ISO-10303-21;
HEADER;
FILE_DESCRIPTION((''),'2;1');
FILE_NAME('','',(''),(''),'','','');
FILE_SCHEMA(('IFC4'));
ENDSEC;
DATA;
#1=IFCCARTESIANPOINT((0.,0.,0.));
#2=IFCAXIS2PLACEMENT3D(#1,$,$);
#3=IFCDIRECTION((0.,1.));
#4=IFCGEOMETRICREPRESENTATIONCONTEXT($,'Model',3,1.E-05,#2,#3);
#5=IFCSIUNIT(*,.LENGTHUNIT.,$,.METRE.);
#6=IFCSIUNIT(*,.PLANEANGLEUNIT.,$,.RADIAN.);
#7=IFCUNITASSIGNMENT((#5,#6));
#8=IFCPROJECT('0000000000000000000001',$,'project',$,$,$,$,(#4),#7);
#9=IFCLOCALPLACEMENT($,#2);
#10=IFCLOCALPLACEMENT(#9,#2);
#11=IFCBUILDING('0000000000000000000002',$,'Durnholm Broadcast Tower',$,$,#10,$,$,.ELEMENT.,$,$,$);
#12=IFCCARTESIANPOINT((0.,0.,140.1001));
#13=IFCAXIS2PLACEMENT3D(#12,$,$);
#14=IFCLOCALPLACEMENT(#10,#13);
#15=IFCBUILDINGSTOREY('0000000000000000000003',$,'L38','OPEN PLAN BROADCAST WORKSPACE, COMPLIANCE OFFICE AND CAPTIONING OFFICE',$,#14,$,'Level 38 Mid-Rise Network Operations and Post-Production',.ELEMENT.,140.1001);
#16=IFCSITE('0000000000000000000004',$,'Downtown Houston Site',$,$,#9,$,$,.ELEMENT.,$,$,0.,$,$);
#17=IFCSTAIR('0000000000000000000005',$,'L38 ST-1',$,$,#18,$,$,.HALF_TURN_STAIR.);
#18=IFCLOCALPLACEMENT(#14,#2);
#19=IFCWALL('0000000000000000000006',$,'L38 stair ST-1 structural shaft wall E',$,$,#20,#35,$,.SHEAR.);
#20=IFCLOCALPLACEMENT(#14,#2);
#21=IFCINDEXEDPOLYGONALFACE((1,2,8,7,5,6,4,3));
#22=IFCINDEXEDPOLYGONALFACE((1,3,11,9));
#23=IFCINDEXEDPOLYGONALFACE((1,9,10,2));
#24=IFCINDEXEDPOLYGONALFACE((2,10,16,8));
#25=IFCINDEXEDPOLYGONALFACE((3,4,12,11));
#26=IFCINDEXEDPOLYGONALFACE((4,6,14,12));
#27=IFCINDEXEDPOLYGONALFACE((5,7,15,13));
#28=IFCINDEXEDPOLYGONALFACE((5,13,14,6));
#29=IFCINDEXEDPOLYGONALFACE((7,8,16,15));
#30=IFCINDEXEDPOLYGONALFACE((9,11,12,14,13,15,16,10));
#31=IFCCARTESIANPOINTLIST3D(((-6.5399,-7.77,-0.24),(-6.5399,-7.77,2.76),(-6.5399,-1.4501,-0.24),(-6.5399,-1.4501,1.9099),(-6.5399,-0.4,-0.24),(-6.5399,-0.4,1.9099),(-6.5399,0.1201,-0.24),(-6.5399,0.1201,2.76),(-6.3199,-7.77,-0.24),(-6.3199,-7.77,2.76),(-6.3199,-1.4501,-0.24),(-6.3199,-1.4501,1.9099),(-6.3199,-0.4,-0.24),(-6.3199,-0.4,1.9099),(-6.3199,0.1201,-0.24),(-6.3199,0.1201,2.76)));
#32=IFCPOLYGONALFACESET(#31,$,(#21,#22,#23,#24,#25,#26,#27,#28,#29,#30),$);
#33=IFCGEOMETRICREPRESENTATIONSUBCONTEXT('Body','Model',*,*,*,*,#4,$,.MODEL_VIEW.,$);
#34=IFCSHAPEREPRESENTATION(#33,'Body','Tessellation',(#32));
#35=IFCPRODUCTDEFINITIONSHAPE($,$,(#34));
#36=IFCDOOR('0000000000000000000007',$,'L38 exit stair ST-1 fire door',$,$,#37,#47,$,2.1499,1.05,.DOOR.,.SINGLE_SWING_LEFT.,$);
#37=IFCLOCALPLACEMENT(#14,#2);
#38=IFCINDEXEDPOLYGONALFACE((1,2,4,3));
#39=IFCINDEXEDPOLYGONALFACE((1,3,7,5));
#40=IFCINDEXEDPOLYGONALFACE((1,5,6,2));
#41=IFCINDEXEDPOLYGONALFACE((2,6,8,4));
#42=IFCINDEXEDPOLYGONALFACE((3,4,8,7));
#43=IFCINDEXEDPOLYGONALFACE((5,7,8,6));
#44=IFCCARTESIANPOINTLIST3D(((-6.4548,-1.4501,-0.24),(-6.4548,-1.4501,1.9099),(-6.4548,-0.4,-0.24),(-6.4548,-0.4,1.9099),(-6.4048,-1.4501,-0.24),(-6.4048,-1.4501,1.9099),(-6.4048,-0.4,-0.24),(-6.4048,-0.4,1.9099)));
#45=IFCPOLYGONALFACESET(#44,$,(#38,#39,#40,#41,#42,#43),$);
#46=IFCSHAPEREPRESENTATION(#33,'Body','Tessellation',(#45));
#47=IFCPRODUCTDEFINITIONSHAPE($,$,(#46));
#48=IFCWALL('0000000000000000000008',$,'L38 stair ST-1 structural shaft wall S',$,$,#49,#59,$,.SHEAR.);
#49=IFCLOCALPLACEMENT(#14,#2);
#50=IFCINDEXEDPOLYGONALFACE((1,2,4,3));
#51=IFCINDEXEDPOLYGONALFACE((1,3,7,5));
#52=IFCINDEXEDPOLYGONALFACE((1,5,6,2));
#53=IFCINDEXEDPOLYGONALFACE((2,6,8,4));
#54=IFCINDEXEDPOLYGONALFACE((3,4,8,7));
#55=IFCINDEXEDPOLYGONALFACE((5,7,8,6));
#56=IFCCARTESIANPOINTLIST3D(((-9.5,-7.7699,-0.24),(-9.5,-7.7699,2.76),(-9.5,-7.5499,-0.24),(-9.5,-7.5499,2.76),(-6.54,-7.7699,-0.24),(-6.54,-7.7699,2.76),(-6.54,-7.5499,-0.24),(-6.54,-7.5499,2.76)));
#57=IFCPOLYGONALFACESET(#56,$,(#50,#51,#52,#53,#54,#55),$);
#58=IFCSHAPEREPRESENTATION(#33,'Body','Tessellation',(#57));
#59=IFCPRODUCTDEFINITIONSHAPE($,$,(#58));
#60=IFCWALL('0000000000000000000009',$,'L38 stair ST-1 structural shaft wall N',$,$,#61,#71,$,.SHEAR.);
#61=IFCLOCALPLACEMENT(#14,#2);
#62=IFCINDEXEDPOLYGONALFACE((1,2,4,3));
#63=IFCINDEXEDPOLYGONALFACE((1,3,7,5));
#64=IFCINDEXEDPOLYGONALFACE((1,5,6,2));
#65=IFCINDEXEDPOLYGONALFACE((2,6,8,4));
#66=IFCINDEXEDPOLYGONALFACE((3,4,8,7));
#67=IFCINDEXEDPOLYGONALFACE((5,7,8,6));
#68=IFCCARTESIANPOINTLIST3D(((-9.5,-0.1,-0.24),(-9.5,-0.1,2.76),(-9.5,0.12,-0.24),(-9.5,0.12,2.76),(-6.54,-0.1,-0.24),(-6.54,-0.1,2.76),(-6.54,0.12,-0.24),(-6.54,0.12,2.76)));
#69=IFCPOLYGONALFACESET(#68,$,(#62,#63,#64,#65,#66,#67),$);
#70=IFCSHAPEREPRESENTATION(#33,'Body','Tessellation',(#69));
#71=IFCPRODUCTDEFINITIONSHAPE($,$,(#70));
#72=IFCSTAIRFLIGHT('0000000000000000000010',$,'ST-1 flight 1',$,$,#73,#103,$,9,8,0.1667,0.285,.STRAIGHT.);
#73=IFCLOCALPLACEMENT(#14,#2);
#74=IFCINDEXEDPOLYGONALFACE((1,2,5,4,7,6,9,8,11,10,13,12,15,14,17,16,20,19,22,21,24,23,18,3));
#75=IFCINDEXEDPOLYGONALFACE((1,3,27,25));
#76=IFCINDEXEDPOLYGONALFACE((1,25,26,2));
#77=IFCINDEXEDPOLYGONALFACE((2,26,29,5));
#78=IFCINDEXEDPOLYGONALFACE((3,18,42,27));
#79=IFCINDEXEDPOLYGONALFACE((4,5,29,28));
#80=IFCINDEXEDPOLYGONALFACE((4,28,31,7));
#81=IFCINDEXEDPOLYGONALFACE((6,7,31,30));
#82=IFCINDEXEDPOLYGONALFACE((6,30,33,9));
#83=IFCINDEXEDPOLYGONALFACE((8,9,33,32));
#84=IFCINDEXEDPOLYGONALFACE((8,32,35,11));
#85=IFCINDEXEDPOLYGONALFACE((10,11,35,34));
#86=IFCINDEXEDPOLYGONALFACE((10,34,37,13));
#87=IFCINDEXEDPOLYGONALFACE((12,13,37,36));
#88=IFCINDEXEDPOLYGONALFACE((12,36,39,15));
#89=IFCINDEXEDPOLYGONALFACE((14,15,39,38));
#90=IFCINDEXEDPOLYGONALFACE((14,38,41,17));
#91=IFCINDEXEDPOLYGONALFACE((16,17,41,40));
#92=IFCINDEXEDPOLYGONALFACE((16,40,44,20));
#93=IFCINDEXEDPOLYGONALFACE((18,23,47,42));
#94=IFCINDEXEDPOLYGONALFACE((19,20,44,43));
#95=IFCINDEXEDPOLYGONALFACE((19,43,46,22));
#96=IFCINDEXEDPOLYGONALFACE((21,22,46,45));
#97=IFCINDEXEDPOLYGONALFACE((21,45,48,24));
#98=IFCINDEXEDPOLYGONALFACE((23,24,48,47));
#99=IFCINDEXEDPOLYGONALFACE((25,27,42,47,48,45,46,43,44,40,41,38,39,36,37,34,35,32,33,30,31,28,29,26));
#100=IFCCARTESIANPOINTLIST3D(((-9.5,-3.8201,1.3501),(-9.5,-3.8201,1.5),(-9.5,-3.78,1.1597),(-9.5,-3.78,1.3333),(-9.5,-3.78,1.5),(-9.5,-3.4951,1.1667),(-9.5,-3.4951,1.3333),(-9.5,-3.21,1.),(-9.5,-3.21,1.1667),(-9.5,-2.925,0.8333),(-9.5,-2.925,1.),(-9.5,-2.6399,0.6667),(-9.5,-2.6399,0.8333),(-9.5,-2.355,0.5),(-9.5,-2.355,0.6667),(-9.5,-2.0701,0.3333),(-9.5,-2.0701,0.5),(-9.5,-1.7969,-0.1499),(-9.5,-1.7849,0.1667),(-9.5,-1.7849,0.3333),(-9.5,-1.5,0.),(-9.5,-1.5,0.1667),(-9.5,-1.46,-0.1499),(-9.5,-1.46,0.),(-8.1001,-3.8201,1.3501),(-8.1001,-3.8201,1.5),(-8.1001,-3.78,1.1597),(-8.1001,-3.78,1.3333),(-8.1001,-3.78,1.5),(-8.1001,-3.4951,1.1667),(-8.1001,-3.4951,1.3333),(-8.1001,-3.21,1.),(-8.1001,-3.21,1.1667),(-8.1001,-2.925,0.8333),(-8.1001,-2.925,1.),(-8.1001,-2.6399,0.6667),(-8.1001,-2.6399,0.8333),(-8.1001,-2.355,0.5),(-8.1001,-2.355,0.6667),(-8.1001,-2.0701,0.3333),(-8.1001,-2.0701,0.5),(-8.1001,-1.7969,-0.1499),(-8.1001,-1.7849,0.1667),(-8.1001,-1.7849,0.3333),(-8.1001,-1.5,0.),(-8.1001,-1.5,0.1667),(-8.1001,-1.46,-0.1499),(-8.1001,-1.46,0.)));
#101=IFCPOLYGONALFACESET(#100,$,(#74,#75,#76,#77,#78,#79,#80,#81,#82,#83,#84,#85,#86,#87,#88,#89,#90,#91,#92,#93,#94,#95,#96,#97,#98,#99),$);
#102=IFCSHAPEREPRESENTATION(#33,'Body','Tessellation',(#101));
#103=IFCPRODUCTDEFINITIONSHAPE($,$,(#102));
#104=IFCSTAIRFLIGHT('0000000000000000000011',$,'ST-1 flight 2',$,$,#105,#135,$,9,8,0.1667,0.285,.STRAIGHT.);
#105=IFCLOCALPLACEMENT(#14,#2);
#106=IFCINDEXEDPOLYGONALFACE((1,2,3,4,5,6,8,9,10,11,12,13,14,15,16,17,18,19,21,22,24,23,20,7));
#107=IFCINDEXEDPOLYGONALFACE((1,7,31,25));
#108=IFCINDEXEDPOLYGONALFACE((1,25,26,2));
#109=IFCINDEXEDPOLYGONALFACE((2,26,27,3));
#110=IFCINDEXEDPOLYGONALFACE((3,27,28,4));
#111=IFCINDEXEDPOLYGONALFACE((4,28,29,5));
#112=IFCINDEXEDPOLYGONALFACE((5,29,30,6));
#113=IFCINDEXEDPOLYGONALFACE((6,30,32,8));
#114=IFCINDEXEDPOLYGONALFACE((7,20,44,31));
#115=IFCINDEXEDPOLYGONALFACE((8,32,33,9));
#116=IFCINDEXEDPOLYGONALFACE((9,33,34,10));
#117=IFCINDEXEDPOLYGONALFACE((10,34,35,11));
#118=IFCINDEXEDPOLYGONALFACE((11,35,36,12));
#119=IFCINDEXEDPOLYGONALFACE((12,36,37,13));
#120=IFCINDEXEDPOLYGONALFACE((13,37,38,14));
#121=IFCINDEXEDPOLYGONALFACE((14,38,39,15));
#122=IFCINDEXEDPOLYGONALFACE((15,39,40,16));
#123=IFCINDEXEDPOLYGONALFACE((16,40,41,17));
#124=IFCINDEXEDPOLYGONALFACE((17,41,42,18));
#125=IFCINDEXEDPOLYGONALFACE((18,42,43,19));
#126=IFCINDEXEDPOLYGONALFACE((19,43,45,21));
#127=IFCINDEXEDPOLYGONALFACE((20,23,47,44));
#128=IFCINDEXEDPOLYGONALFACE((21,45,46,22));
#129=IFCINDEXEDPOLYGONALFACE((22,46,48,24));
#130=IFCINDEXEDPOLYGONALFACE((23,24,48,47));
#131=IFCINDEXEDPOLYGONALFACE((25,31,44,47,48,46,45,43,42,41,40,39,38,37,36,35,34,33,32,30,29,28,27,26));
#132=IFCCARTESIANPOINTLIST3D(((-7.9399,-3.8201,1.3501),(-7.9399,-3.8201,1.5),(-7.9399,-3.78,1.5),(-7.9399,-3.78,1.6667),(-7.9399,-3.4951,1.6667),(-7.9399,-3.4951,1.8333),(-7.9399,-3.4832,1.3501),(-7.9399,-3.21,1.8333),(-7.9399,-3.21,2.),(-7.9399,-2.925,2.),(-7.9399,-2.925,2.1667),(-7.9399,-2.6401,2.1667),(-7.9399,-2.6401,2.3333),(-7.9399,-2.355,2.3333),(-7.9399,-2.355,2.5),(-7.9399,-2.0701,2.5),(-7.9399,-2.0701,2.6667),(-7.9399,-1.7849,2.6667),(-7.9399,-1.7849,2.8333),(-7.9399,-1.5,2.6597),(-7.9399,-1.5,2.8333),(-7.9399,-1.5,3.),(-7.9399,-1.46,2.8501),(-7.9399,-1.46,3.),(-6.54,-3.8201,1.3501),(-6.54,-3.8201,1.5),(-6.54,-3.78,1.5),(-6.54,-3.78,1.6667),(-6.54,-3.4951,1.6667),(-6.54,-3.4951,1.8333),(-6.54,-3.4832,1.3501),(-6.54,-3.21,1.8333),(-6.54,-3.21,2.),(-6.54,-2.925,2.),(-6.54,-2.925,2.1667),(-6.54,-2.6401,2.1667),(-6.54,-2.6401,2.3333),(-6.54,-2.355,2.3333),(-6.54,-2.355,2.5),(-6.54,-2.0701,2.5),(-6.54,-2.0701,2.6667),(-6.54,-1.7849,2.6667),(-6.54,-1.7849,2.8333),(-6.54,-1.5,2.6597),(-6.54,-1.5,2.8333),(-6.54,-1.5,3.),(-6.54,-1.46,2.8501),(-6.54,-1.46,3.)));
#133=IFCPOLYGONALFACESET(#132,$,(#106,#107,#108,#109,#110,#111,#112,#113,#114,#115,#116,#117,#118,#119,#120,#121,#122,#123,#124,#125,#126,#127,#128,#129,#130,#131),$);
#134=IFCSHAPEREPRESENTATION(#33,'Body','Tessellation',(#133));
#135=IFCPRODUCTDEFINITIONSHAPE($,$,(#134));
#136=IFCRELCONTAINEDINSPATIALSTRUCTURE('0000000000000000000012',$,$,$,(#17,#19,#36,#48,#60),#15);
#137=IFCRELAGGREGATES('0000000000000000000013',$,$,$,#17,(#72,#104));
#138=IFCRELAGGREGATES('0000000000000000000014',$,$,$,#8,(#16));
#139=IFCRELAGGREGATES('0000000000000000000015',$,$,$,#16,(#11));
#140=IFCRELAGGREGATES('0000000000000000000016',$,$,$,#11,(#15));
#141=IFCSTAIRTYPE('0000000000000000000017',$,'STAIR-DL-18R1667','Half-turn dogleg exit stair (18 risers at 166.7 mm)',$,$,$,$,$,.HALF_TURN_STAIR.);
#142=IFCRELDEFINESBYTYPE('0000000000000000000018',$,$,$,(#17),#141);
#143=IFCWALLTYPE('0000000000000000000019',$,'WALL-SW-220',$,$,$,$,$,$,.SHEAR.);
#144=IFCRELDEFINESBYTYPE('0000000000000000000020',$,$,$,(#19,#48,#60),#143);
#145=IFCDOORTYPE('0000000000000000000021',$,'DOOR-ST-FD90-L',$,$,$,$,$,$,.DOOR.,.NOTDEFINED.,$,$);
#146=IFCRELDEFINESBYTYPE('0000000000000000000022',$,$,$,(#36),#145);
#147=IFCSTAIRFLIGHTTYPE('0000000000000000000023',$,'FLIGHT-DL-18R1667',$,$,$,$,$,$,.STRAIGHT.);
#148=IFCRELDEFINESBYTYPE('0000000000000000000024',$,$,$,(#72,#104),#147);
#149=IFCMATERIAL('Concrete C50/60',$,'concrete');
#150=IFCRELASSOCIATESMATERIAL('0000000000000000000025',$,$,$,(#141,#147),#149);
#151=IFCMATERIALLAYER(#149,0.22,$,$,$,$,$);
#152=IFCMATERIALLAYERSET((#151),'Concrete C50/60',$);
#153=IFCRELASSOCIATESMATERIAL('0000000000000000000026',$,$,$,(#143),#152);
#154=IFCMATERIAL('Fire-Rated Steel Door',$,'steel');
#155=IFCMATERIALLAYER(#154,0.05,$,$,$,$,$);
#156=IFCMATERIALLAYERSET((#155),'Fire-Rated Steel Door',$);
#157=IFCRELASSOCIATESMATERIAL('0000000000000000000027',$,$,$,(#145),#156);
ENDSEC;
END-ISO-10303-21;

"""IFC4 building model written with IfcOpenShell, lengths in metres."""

from ifc_helpers import new_model, si_unit, direction, frame, frame_2d, origin, place, context, subcontext, project, spatial, polyline, rectangle, outline, extrude, source, transform, mapped, material, layer, layer_set, type_object, type_shapes, element, fill, aggregate, save


model = new_model("IFC4")

# Units and contexts
model_context = context("Model", 3, precision=1e-05, world=origin(), true_north=direction((0.0, 1.0)))
body_context = subcontext(model_context, "Body", "Model", "MODEL_VIEW")
ifc_project = project(units=[si_unit("LENGTHUNIT", "METRE"), si_unit("PLANEANGLEUNIT", "RADIAN")], contexts=[model_context])

# Site, building, storey
site_placement = place(None, origin())
site = spatial("IfcSite", under=ifc_project, at=site_placement, Name="Downtown Houston Site", CompositionType="ELEMENT", RefElevation=0.0)
building_placement = place(site_placement, origin())
building = spatial("IfcBuilding", under=site, at=building_placement, Name="Durnholm Broadcast Tower", CompositionType="ELEMENT")
storey_placement = place(building_placement, frame((0.0, 0.0, 140.1001)))
storey = spatial("IfcBuildingStorey", under=building, at=storey_placement, Name="L38", Description="OPEN PLAN BROADCAST WORKSPACE, COMPLIANCE OFFICE AND CAPTIONING OFFICE", LongName="Level 38 Mid-Rise Network Operations and Post-Production", CompositionType="ELEMENT", Elevation=140.1001)

# Shared definitions
ifc_material_1 = material(Name="Concrete C50/60", Category="concrete")

# Stair
stair_type = type_object("IfcStairType", Name="STAIR-DL-18R1667", Description="Half-turn dogleg exit stair (18 risers at 166.7 mm)", PredefinedType="HALF_TURN_STAIR", material=ifc_material_1)
stair_1_placement = place(storey_placement, origin())
stair_1 = element("IfcStair", 1, at=stair_1_placement, inside=storey, type_object=stair_type, Name="L38 ST-1", PredefinedType="HALF_TURN_STAIR")

# Wall, opening, door
ifc_layer_1 = layer(ifc_material_1, 0.22)
ifc_layer_set_1 = layer_set([ifc_layer_1], Name="Concrete C50/60")
wall_type_1 = type_object("IfcWallType", Name="WALL-SW-220", PredefinedType="SHEAR", material=ifc_layer_set_1)
wall_1_placement = place(storey_placement, frame((-6.4299, -7.77, -0.24), z_axis=(0.0, 0.0, 1.0), x_axis=(0.0, 1.0, 0.0)))
wall_1 = element("IfcWall", 2, at=wall_1_placement, inside=storey, type_object=wall_type_1, Name="L38 stair ST-1 structural shaft wall E", PredefinedType="SHEAR", context=body_context, shape_type="SweptSolid", body=[
    extrude(rectangle(XDim=7.8901, YDim=0.22, at=frame_2d((3.9451, 0.0))), origin(), (0.0, 0.0, 1.0), 3.0),
])
opening_1_placement = place(wall_1_placement, frame((6.3201, 0.0, 0.0)))
opening_1 = element("IfcOpeningElement", 3, at=opening_1_placement, cuts=wall_1, PredefinedType="OPENING", context=body_context, shape_type="SweptSolid", body=[
    extrude(rectangle(XDim=1.05, YDim=2.1499, at=frame_2d((0.5249, 1.075))), frame((0.0, 0.1201, 0.0), z_axis=(0.0, -1.0, 0.0), x_axis=(1.0, 0.0, 0.0)), (0.0, 0.0, 1.0), 0.24),
])
ifc_material_2 = material(Name="Fire-Rated Steel Door", Category="steel")
ifc_layer_2 = layer(ifc_material_2, 0.05)
ifc_layer_set_2 = layer_set([ifc_layer_2], Name="Fire-Rated Steel Door")
door_type_1 = type_object("IfcDoorType", Name="DOOR-ST-FD90-L", OperationType="NOTDEFINED", PredefinedType="DOOR", material=ifc_layer_set_2)
shared_shape_1 = source(origin(), body_context, "Body", "SweptSolid", [
    extrude(rectangle(XDim=1.05, YDim=2.1499, at=frame_2d((0.5249, 1.075))), frame((0.0, 0.0249, 0.0), z_axis=(0.0, -1.0, 0.0), x_axis=(1.0, 0.0, 0.0)), (0.0, 0.0, 1.0), 0.05),
])
type_shapes(door_type_1, [shared_shape_1])
door_1_placement = place(opening_1_placement, origin())
door_1 = element("IfcDoor", 4, at=door_1_placement, inside=storey, type_object=door_type_1, Name="L38 exit stair ST-1 fire door", OperationType="SINGLE_SWING_LEFT", OverallHeight=2.1499, OverallWidth=1.05, PredefinedType="DOOR", context=body_context, shape_type="MappedRepresentation", body=[
    mapped(shared_shape_1, transform((0.0, 0.0, 0.0), x_axis=(1.0, 0.0, 0.0), y_axis=(0.0, 1.0, 0.0), z_axis=(0.0, 0.0, 1.0), scale=1.0)),
])
fill(opening_1, door_1)

# Walls
for number, where, z_axis, x_axis, name in (
    (5, (-9.5, -7.6599, -0.24), (0.0, 0.0, 1.0), (1.0, 0.0, 0.0), "L38 stair ST-1 structural shaft wall S"),
    (6, (-6.54, 0.01, -0.24), (0.0, 0.0, 1.0), (-1.0, 0.0, 0.0), "L38 stair ST-1 structural shaft wall N"),
):
    element("IfcWall", number, at=place(storey_placement, frame(where, z_axis=z_axis, x_axis=x_axis)), inside=storey, type_object=wall_type_1, Name=name, PredefinedType="SHEAR", context=body_context, shape_type="SweptSolid", body=[
        extrude(rectangle(XDim=2.96, YDim=0.22, at=frame_2d((1.48, 0.0))), origin(), (0.0, 0.0, 1.0), 3.0),
    ])

# Stair flights
stair_flight_type = type_object("IfcStairFlightType", Name="FLIGHT-DL-18R1667", PredefinedType="STRAIGHT", material=ifc_material_1)
stair_flight_1_placement = place(storey_placement, frame((-8.8, -1.5, 0.0), z_axis=(0.0, 0.0, 1.0), x_axis=(0.0, -1.0, 0.0)))
stair_flight_1 = element("IfcStairFlight", 7, at=stair_flight_1_placement, type_object=stair_flight_type, Name="ST-1 flight 1", NumberOfRisers=9, NumberOfTreads=8, PredefinedType="STRAIGHT", RiserHeight=0.1667, TreadLength=0.285, context=body_context, shape_type="SweptSolid", body=[
    extrude(outline(polyline([(-0.04, -0.1499), (-0.04, 0.0), (0.0, 0.0), (0.0, 0.1667), (0.2849, 0.1667), (0.2849, 0.3333), (0.5701, 0.3333), (0.5701, 0.5), (0.855, 0.5), (0.855, 0.6667), (1.1399, 0.6667), (1.1399, 0.8333), (1.425, 0.8333), (1.425, 1.0), (1.71, 1.0), (1.71, 1.1667), (1.9951, 1.1667), (1.9951, 1.3333), (2.28, 1.3333), (2.28, 1.5), (2.3201, 1.5), (2.3201, 1.3501), (2.28, 1.1597), (0.2969, -0.1499), (-0.04, -0.1499)])), frame((0.0, 0.7, 0.0), z_axis=(0.0, -1.0, 0.0), x_axis=(1.0, 0.0, 0.0)), (0.0, 0.0, 1.0), 1.3999),
])
stair_flight_2_placement = place(storey_placement, frame((-7.24, -3.78, 1.5), z_axis=(0.0, 0.0, 1.0), x_axis=(0.0, 1.0, 0.0)))
stair_flight_2 = element("IfcStairFlight", 8, at=stair_flight_2_placement, type_object=stair_flight_type, Name="ST-1 flight 2", NumberOfRisers=9, NumberOfTreads=8, PredefinedType="STRAIGHT", RiserHeight=0.1667, TreadLength=0.285, context=body_context, shape_type="SweptSolid", body=[
    extrude(outline(polyline([(-0.04, -0.1499), (-0.04, 0.0), (0.0, 0.0), (0.0, 0.1667), (0.2849, 0.1667), (0.2849, 0.3333), (0.5701, 0.3333), (0.5701, 0.5), (0.855, 0.5), (0.855, 0.6667), (1.1399, 0.6667), (1.1399, 0.8333), (1.425, 0.8333), (1.425, 1.0), (1.71, 1.0), (1.71, 1.1667), (1.9951, 1.1667), (1.9951, 1.3333), (2.28, 1.3333), (2.28, 1.5), (2.3201, 1.5), (2.3201, 1.3501), (2.28, 1.1597), (0.2969, -0.1499), (-0.04, -0.1499)])), frame((0.0, 0.7, 0.0), z_axis=(0.0, -1.0, 0.0), x_axis=(1.0, 0.0, 0.0)), (0.0, 0.0, 1.0), 1.3999),
])
aggregate(stair_1, [stair_flight_1, stair_flight_2])

save(model, "model.ifc")
